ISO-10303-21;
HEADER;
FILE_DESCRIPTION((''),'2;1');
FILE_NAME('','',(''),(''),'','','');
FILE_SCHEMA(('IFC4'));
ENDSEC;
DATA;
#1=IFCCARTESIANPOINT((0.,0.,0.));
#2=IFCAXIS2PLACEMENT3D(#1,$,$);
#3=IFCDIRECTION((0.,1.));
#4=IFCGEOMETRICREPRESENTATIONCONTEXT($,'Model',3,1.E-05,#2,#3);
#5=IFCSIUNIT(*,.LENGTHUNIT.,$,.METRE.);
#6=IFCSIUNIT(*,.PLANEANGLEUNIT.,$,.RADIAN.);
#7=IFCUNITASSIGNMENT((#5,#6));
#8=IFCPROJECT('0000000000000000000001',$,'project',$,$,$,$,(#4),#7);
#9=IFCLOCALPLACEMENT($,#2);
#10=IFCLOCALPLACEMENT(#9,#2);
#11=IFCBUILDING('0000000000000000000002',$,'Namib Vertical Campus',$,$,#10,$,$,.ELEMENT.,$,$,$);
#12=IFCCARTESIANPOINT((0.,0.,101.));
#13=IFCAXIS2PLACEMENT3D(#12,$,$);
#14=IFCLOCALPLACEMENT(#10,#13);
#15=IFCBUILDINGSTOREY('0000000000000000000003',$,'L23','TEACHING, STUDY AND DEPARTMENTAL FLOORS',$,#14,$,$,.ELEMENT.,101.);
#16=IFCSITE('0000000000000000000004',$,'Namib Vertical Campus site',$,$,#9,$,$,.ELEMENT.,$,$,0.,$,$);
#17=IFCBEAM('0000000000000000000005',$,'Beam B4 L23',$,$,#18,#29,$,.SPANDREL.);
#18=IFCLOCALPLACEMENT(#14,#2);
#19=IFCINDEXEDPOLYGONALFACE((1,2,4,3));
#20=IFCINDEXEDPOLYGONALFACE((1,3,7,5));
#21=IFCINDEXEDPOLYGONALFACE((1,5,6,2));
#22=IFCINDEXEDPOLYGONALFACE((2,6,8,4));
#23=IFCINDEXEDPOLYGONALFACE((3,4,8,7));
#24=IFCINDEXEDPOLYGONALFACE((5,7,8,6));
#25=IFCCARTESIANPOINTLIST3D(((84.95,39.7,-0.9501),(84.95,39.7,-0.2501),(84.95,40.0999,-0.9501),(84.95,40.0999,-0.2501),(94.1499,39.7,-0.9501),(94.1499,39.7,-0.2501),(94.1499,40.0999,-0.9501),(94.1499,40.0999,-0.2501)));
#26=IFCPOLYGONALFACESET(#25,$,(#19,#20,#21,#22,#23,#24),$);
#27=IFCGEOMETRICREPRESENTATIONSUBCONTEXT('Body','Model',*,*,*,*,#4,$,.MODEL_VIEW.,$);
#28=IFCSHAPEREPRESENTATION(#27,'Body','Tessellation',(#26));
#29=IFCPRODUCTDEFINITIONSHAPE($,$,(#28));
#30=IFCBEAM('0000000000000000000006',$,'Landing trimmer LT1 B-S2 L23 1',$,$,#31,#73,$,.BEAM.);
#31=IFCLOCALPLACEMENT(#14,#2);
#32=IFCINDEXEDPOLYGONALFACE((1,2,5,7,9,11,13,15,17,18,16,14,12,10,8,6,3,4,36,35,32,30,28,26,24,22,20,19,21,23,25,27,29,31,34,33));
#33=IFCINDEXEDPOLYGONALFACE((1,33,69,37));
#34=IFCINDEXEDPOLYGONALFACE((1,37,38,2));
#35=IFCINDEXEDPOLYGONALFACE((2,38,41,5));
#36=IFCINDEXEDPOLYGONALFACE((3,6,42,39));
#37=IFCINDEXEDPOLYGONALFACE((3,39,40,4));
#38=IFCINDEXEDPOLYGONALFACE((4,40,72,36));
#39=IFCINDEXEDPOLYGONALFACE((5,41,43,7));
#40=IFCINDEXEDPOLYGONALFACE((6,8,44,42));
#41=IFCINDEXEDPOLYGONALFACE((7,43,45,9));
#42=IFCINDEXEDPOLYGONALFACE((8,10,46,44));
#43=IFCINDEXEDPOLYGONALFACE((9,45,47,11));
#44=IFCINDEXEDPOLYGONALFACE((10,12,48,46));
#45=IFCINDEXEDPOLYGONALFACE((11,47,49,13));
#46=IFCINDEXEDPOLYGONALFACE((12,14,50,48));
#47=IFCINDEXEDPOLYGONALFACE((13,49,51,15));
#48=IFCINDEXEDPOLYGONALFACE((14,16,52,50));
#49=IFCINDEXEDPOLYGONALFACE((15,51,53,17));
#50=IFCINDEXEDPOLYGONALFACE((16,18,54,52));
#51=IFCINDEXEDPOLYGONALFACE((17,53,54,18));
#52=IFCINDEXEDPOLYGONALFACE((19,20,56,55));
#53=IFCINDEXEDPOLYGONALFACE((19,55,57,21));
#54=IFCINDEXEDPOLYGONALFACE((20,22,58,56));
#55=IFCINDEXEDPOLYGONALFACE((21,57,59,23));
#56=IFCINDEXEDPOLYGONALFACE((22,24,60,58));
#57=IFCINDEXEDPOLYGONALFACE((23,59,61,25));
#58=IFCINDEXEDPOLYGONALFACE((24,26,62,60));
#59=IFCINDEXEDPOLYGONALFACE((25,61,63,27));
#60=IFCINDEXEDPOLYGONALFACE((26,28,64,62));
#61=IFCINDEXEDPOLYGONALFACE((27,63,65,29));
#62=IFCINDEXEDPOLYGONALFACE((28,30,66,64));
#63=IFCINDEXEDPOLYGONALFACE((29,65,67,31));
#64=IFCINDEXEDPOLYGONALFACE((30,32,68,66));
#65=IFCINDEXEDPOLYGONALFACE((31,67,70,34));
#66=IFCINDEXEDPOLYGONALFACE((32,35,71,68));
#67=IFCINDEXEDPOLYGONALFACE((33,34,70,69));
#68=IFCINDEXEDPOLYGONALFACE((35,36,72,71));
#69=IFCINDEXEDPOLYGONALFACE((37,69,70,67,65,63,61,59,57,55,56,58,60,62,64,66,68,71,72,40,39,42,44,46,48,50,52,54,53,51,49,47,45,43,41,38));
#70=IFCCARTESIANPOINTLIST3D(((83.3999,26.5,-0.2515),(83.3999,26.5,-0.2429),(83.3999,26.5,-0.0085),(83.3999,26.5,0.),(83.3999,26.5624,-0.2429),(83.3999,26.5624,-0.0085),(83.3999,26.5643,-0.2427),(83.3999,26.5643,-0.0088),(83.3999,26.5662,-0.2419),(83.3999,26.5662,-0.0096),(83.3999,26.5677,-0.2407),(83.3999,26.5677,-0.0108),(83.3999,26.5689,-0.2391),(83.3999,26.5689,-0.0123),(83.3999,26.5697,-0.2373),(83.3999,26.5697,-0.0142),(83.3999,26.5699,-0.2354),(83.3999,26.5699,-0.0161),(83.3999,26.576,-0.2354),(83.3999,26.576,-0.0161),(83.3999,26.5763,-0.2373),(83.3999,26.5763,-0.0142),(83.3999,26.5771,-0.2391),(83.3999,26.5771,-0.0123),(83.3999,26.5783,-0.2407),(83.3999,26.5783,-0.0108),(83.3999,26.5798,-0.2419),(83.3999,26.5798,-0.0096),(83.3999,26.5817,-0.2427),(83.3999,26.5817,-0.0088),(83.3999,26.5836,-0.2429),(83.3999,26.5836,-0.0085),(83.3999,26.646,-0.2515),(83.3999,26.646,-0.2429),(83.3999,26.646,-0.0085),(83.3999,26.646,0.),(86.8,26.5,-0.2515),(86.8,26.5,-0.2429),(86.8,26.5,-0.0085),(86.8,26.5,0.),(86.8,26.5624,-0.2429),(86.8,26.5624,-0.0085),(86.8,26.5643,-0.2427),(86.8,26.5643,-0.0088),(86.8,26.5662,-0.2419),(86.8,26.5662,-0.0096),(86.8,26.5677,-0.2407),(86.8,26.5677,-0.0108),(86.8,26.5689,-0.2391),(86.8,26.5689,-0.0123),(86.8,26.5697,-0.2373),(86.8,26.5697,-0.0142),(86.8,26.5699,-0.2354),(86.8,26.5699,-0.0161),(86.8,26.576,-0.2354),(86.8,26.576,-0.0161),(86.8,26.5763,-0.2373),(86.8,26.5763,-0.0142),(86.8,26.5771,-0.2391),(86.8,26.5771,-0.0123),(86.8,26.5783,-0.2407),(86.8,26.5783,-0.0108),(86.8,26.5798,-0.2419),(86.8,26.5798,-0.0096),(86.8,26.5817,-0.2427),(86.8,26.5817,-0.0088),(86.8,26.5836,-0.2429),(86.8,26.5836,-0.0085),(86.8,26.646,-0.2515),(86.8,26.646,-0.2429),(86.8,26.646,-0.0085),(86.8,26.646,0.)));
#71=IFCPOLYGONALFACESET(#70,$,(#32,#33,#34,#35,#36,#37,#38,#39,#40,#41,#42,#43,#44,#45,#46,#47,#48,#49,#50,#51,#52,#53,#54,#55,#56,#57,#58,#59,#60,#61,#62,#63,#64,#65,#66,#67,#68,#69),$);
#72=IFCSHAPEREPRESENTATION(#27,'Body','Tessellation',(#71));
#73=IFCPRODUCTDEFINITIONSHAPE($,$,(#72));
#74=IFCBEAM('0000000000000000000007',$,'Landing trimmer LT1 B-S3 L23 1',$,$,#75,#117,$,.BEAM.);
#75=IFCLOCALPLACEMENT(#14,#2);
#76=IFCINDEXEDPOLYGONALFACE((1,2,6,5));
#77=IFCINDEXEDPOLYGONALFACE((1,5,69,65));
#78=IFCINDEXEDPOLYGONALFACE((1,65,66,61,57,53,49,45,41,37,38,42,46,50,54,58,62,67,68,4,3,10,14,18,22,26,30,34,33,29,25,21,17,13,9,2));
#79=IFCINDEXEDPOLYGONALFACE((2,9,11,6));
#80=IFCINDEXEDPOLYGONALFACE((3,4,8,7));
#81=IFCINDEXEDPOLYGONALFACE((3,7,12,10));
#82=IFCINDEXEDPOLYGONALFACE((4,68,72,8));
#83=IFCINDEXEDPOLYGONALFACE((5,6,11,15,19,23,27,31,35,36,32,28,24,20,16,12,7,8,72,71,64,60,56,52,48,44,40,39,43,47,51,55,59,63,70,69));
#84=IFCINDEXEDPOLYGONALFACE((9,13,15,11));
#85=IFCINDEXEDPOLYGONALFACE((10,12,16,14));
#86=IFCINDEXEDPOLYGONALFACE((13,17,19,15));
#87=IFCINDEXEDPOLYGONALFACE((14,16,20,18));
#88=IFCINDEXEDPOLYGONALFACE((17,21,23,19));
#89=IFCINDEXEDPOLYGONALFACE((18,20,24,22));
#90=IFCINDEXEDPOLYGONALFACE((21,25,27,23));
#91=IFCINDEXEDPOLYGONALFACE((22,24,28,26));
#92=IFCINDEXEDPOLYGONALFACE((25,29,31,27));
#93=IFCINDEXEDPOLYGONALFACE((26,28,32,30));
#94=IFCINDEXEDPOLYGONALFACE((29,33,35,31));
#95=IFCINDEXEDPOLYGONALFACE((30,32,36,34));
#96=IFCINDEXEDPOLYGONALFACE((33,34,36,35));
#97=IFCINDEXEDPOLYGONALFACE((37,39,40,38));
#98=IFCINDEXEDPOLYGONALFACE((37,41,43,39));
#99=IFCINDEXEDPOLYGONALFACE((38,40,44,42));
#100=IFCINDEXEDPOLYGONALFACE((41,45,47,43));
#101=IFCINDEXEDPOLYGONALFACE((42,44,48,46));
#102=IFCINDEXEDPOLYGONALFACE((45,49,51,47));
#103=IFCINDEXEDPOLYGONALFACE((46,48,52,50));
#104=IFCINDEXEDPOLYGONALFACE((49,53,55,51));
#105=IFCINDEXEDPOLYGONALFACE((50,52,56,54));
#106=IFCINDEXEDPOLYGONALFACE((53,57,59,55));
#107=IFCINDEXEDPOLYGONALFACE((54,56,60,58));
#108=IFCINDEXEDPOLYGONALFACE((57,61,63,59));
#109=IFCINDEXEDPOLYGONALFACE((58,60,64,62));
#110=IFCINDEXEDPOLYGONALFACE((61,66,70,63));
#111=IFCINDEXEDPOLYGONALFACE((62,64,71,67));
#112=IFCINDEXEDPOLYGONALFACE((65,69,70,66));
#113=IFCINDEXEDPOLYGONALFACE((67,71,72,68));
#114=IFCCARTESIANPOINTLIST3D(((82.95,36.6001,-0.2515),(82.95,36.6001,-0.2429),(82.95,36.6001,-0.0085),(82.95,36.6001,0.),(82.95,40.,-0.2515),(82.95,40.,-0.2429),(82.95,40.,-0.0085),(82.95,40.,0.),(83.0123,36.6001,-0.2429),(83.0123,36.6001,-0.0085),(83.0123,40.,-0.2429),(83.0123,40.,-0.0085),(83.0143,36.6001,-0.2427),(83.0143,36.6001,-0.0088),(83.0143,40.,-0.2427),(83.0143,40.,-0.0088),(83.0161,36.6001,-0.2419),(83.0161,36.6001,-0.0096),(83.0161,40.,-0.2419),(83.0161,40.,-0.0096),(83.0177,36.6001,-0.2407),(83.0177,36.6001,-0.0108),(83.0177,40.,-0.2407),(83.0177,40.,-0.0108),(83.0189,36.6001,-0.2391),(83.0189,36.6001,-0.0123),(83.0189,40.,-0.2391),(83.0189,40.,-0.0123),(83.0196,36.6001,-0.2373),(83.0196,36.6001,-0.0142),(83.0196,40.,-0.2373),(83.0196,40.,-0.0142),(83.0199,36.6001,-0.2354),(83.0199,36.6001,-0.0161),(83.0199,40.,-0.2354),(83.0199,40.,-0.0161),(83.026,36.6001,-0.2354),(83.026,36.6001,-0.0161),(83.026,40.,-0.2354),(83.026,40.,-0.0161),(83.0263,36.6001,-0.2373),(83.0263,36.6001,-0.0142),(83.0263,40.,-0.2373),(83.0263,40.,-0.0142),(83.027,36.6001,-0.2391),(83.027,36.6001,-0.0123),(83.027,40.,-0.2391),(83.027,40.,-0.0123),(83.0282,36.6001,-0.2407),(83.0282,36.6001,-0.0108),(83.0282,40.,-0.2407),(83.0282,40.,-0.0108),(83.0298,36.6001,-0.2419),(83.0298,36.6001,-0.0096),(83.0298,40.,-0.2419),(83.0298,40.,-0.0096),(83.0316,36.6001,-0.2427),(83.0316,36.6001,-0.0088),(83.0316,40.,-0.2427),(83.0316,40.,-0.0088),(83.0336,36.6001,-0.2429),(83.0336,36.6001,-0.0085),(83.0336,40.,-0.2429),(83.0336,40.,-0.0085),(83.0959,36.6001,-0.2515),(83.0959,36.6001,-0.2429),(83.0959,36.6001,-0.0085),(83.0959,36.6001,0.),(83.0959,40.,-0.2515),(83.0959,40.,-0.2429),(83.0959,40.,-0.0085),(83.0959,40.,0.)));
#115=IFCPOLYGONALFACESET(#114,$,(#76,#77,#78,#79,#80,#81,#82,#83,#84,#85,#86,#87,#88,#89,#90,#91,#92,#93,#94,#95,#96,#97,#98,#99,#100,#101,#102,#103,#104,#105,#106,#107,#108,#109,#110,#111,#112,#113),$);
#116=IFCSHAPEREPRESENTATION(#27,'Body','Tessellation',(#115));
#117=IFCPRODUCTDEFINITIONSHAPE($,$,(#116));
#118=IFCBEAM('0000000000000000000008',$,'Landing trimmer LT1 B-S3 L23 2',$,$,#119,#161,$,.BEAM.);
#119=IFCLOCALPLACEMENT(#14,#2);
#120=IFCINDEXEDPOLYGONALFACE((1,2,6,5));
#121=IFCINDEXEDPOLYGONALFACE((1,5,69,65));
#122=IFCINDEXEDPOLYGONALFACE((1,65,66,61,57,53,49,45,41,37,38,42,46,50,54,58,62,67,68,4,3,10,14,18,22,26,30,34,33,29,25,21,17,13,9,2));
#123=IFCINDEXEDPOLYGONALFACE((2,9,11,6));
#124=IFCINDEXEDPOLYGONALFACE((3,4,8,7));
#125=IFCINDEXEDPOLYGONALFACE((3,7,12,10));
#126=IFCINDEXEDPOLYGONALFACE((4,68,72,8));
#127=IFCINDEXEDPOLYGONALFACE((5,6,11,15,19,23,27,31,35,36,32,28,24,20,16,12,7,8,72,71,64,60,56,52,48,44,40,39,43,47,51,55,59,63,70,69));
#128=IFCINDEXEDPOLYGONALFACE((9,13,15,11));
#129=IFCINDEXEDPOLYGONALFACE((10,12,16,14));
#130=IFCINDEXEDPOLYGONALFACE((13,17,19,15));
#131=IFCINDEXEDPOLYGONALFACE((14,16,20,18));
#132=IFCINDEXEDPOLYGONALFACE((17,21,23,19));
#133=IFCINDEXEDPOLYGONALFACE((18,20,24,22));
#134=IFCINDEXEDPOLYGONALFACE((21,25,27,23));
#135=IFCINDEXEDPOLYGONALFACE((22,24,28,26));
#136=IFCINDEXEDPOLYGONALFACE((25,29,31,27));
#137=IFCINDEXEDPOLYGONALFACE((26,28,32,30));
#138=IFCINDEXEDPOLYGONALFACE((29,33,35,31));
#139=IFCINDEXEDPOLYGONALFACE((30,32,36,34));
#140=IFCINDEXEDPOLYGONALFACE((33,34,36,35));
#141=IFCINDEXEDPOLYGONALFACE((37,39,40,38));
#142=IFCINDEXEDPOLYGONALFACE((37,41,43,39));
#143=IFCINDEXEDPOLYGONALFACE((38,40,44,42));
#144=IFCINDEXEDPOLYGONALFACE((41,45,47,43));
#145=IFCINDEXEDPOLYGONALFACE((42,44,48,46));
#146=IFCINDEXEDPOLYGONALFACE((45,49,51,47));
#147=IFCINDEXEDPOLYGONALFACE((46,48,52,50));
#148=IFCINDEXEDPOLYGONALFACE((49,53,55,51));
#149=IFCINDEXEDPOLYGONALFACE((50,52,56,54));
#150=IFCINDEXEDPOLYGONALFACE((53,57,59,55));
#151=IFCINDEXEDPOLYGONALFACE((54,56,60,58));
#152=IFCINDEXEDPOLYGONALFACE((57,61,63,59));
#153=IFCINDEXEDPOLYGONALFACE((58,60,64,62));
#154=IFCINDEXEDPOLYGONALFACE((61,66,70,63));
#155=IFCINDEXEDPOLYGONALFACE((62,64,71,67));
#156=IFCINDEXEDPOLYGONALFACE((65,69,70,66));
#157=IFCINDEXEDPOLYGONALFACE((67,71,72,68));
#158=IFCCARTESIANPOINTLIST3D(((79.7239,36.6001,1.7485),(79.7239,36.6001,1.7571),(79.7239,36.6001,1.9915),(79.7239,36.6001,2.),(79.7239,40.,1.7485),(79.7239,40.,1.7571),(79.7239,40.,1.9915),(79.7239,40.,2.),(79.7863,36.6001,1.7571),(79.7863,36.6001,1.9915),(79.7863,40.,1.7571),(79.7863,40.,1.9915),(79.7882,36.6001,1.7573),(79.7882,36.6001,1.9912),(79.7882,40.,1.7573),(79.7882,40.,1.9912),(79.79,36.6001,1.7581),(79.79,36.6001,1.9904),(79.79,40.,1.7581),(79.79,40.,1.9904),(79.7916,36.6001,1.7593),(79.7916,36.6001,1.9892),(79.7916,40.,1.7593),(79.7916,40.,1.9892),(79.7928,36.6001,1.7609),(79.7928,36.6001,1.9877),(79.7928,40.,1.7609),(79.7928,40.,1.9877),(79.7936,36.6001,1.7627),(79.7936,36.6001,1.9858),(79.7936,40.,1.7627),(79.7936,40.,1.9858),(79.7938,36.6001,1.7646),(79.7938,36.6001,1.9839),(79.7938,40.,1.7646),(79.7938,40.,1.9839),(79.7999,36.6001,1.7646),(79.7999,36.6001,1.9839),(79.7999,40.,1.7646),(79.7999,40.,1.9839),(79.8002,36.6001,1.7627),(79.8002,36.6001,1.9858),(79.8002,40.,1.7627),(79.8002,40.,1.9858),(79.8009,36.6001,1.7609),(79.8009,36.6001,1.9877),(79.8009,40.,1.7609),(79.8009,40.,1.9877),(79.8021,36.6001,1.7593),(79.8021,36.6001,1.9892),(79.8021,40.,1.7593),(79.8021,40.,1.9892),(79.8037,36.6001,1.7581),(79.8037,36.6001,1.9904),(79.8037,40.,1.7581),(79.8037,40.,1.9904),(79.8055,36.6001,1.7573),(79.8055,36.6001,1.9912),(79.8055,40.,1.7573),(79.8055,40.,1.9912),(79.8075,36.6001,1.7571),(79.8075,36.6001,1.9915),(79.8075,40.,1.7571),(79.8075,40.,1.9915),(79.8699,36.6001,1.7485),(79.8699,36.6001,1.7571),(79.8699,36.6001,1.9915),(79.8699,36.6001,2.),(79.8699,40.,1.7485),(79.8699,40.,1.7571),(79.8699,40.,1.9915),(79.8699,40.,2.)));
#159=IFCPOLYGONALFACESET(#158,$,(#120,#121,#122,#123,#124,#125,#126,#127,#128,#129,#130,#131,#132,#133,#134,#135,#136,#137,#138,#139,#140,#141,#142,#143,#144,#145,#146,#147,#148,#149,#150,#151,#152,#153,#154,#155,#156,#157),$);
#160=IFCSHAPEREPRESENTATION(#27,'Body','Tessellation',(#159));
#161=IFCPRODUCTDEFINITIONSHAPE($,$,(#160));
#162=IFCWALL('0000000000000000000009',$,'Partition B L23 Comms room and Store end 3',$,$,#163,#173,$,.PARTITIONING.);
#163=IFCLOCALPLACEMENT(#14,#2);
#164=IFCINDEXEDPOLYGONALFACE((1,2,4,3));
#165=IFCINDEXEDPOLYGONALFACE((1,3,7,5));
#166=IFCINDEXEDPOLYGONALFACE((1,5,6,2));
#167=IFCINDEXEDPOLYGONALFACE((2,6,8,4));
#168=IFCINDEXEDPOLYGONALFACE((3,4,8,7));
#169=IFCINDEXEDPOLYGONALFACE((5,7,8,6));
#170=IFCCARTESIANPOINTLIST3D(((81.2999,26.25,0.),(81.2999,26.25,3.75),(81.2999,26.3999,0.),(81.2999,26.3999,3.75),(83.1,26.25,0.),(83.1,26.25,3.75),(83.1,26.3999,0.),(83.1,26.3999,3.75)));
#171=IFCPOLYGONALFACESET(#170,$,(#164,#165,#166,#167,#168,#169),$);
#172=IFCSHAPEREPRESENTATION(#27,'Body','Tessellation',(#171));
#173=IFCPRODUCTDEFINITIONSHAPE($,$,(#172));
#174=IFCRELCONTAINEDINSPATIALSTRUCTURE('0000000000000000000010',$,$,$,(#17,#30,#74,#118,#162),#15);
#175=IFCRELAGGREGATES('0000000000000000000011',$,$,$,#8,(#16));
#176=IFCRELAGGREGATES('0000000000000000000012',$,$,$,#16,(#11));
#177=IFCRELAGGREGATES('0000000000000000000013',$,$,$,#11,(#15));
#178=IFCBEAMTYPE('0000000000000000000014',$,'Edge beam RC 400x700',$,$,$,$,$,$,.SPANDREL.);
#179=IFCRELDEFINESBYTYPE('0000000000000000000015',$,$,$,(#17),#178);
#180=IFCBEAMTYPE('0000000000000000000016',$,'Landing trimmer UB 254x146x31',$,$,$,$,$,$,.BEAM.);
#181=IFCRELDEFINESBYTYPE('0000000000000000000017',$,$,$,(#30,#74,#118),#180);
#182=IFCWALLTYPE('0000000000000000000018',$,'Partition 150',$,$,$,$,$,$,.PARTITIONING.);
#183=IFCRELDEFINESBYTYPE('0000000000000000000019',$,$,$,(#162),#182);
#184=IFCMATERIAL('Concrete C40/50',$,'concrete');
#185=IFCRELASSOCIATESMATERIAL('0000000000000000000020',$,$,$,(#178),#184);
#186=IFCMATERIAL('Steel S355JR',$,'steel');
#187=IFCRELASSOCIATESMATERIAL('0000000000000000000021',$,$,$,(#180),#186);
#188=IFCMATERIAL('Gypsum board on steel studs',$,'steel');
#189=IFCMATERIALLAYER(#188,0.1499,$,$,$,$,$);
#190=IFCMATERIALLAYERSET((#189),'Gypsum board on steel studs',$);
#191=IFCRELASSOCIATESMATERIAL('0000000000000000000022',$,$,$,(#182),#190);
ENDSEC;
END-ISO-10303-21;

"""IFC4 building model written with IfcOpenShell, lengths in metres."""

from ifc_helpers import new_model, si_unit, direction, frame, frame_2d, origin, origin_2d, place, context, subcontext, project, spatial, rectangle, i_section, extrude, material, layer, layer_set, material_profile, profile_set, type_object, element, save


model = new_model("IFC4")

# Units and contexts
model_context = context("Model", 3, precision=1e-05, world=origin(), true_north=direction((0.0, 1.0)))
body_context = subcontext(model_context, "Body", "Model", "MODEL_VIEW")
ifc_project = project(units=[si_unit("LENGTHUNIT", "METRE"), si_unit("PLANEANGLEUNIT", "RADIAN")], contexts=[model_context])

# Site, building, storey
site_placement = place(None, origin())
site = spatial("IfcSite", under=ifc_project, at=site_placement, Name="Namib Vertical Campus site", CompositionType="ELEMENT", RefElevation=0.0)
building_placement = place(site_placement, origin())
building = spatial("IfcBuilding", under=site, at=building_placement, Name="Namib Vertical Campus", CompositionType="ELEMENT")
storey_placement = place(building_placement, frame((0.0, 0.0, 101.0)))
storey = spatial("IfcBuildingStorey", under=building, at=storey_placement, Name="L23", Description="TEACHING, STUDY AND DEPARTMENTAL FLOORS", CompositionType="ELEMENT", Elevation=101.0)

# Beams
ifc_material_1 = material(Name="Concrete C40/50", Category="concrete")
ifc_material_profile_1 = material_profile(ifc_material_1, rectangle(XDim=0.3999, YDim=0.7, at=origin_2d()))
ifc_profile_set_1 = profile_set([ifc_material_profile_1], Name="Concrete C40/50")
beam_type_1 = type_object("IfcBeamType", Name="Edge beam RC 400x700", PredefinedType="SPANDREL", material=ifc_profile_set_1)
beam_1_placement = place(storey_placement, frame((84.95, 39.8999, -0.6001), z_axis=(1.0, 0.0, 0.0), x_axis=(0.0, 1.0, 0.0)))
element("IfcBeam", 1, at=beam_1_placement, inside=storey, type_object=beam_type_1, Name="Beam B4 L23", PredefinedType="SPANDREL", context=body_context, shape_type="SweptSolid", body=[
    extrude(rectangle(XDim=0.3999, YDim=0.7, at=origin_2d()), origin(), (0.0, 0.0, 1.0), 9.2),
])
ifc_material_2 = material(Name="Steel S355JR", Category="steel")
ifc_material_profile_2 = material_profile(ifc_material_2, i_section(OverallWidth=0.146, OverallDepth=0.2515, WebThickness=0.0061, FlangeThickness=0.0085, FilletRadius=0.0076, at=origin_2d()))
ifc_profile_set_2 = profile_set([ifc_material_profile_2], Name="Steel S355JR")
beam_type_2 = type_object("IfcBeamType", Name="Landing trimmer UB 254x146x31", PredefinedType="BEAM", material=ifc_profile_set_2)
beam_2_placement = place(storey_placement, frame((83.3999, 26.573, -0.1257), z_axis=(1.0, 0.0, 0.0), x_axis=(0.0, 1.0, 0.0)))
element("IfcBeam", 2, at=beam_2_placement, inside=storey, type_object=beam_type_2, Name="Landing trimmer LT1 B-S2 L23 1", PredefinedType="BEAM", context=body_context, shape_type="SweptSolid", body=[
    extrude(i_section(OverallWidth=0.146, OverallDepth=0.2515, WebThickness=0.0061, FlangeThickness=0.0085, FilletRadius=0.0076, at=origin_2d()), origin(), (0.0, 0.0, 1.0), 3.4001),
])
for number, where, z_axis, x_axis, name in (
    (3, (83.0229, 36.6001, -0.1257), (0.0, 1.0, 0.0), (-1.0, 0.0, 0.0), "Landing trimmer LT1 B-S3 L23 1"),
    (4, (79.7969, 36.6001, 1.8743), (0.0, 1.0, 0.0), (-1.0, 0.0, 0.0), "Landing trimmer LT1 B-S3 L23 2"),
):
    element("IfcBeam", number, at=place(storey_placement, frame(where, z_axis=z_axis, x_axis=x_axis)), inside=storey, type_object=beam_type_2, Name=name, PredefinedType="BEAM", context=body_context, shape_type="SweptSolid", body=[
        extrude(i_section(OverallWidth=0.146, OverallDepth=0.2515, WebThickness=0.0061, FlangeThickness=0.0085, FilletRadius=0.0076, at=origin_2d()), origin(), (0.0, 0.0, 1.0), 3.3999),
    ])

# Wall
ifc_material_3 = material(Name="Gypsum board on steel studs", Category="steel")
ifc_layer_1 = layer(ifc_material_3, 0.1499)
ifc_layer_set_1 = layer_set([ifc_layer_1], Name="Gypsum board on steel studs")
wall_type_1 = type_object("IfcWallType", Name="Partition 150", PredefinedType="PARTITIONING", material=ifc_layer_set_1)
wall_1_placement = place(storey_placement, frame((81.3, 26.325, 0.0), z_axis=(0.0, 0.0, 1.0), x_axis=(1.0, 0.0, 0.0)))
element("IfcWall", 5, at=wall_1_placement, inside=storey, type_object=wall_type_1, Name="Partition B L23 Comms room and Store end 3", PredefinedType="PARTITIONING", context=body_context, shape_type="SweptSolid", body=[
    extrude(rectangle(XDim=1.8, YDim=0.1499, at=frame_2d((0.8999, 0.0))), origin(), (0.0, 0.0, 1.0), 3.75),
])

save(model, "model.ifc")
